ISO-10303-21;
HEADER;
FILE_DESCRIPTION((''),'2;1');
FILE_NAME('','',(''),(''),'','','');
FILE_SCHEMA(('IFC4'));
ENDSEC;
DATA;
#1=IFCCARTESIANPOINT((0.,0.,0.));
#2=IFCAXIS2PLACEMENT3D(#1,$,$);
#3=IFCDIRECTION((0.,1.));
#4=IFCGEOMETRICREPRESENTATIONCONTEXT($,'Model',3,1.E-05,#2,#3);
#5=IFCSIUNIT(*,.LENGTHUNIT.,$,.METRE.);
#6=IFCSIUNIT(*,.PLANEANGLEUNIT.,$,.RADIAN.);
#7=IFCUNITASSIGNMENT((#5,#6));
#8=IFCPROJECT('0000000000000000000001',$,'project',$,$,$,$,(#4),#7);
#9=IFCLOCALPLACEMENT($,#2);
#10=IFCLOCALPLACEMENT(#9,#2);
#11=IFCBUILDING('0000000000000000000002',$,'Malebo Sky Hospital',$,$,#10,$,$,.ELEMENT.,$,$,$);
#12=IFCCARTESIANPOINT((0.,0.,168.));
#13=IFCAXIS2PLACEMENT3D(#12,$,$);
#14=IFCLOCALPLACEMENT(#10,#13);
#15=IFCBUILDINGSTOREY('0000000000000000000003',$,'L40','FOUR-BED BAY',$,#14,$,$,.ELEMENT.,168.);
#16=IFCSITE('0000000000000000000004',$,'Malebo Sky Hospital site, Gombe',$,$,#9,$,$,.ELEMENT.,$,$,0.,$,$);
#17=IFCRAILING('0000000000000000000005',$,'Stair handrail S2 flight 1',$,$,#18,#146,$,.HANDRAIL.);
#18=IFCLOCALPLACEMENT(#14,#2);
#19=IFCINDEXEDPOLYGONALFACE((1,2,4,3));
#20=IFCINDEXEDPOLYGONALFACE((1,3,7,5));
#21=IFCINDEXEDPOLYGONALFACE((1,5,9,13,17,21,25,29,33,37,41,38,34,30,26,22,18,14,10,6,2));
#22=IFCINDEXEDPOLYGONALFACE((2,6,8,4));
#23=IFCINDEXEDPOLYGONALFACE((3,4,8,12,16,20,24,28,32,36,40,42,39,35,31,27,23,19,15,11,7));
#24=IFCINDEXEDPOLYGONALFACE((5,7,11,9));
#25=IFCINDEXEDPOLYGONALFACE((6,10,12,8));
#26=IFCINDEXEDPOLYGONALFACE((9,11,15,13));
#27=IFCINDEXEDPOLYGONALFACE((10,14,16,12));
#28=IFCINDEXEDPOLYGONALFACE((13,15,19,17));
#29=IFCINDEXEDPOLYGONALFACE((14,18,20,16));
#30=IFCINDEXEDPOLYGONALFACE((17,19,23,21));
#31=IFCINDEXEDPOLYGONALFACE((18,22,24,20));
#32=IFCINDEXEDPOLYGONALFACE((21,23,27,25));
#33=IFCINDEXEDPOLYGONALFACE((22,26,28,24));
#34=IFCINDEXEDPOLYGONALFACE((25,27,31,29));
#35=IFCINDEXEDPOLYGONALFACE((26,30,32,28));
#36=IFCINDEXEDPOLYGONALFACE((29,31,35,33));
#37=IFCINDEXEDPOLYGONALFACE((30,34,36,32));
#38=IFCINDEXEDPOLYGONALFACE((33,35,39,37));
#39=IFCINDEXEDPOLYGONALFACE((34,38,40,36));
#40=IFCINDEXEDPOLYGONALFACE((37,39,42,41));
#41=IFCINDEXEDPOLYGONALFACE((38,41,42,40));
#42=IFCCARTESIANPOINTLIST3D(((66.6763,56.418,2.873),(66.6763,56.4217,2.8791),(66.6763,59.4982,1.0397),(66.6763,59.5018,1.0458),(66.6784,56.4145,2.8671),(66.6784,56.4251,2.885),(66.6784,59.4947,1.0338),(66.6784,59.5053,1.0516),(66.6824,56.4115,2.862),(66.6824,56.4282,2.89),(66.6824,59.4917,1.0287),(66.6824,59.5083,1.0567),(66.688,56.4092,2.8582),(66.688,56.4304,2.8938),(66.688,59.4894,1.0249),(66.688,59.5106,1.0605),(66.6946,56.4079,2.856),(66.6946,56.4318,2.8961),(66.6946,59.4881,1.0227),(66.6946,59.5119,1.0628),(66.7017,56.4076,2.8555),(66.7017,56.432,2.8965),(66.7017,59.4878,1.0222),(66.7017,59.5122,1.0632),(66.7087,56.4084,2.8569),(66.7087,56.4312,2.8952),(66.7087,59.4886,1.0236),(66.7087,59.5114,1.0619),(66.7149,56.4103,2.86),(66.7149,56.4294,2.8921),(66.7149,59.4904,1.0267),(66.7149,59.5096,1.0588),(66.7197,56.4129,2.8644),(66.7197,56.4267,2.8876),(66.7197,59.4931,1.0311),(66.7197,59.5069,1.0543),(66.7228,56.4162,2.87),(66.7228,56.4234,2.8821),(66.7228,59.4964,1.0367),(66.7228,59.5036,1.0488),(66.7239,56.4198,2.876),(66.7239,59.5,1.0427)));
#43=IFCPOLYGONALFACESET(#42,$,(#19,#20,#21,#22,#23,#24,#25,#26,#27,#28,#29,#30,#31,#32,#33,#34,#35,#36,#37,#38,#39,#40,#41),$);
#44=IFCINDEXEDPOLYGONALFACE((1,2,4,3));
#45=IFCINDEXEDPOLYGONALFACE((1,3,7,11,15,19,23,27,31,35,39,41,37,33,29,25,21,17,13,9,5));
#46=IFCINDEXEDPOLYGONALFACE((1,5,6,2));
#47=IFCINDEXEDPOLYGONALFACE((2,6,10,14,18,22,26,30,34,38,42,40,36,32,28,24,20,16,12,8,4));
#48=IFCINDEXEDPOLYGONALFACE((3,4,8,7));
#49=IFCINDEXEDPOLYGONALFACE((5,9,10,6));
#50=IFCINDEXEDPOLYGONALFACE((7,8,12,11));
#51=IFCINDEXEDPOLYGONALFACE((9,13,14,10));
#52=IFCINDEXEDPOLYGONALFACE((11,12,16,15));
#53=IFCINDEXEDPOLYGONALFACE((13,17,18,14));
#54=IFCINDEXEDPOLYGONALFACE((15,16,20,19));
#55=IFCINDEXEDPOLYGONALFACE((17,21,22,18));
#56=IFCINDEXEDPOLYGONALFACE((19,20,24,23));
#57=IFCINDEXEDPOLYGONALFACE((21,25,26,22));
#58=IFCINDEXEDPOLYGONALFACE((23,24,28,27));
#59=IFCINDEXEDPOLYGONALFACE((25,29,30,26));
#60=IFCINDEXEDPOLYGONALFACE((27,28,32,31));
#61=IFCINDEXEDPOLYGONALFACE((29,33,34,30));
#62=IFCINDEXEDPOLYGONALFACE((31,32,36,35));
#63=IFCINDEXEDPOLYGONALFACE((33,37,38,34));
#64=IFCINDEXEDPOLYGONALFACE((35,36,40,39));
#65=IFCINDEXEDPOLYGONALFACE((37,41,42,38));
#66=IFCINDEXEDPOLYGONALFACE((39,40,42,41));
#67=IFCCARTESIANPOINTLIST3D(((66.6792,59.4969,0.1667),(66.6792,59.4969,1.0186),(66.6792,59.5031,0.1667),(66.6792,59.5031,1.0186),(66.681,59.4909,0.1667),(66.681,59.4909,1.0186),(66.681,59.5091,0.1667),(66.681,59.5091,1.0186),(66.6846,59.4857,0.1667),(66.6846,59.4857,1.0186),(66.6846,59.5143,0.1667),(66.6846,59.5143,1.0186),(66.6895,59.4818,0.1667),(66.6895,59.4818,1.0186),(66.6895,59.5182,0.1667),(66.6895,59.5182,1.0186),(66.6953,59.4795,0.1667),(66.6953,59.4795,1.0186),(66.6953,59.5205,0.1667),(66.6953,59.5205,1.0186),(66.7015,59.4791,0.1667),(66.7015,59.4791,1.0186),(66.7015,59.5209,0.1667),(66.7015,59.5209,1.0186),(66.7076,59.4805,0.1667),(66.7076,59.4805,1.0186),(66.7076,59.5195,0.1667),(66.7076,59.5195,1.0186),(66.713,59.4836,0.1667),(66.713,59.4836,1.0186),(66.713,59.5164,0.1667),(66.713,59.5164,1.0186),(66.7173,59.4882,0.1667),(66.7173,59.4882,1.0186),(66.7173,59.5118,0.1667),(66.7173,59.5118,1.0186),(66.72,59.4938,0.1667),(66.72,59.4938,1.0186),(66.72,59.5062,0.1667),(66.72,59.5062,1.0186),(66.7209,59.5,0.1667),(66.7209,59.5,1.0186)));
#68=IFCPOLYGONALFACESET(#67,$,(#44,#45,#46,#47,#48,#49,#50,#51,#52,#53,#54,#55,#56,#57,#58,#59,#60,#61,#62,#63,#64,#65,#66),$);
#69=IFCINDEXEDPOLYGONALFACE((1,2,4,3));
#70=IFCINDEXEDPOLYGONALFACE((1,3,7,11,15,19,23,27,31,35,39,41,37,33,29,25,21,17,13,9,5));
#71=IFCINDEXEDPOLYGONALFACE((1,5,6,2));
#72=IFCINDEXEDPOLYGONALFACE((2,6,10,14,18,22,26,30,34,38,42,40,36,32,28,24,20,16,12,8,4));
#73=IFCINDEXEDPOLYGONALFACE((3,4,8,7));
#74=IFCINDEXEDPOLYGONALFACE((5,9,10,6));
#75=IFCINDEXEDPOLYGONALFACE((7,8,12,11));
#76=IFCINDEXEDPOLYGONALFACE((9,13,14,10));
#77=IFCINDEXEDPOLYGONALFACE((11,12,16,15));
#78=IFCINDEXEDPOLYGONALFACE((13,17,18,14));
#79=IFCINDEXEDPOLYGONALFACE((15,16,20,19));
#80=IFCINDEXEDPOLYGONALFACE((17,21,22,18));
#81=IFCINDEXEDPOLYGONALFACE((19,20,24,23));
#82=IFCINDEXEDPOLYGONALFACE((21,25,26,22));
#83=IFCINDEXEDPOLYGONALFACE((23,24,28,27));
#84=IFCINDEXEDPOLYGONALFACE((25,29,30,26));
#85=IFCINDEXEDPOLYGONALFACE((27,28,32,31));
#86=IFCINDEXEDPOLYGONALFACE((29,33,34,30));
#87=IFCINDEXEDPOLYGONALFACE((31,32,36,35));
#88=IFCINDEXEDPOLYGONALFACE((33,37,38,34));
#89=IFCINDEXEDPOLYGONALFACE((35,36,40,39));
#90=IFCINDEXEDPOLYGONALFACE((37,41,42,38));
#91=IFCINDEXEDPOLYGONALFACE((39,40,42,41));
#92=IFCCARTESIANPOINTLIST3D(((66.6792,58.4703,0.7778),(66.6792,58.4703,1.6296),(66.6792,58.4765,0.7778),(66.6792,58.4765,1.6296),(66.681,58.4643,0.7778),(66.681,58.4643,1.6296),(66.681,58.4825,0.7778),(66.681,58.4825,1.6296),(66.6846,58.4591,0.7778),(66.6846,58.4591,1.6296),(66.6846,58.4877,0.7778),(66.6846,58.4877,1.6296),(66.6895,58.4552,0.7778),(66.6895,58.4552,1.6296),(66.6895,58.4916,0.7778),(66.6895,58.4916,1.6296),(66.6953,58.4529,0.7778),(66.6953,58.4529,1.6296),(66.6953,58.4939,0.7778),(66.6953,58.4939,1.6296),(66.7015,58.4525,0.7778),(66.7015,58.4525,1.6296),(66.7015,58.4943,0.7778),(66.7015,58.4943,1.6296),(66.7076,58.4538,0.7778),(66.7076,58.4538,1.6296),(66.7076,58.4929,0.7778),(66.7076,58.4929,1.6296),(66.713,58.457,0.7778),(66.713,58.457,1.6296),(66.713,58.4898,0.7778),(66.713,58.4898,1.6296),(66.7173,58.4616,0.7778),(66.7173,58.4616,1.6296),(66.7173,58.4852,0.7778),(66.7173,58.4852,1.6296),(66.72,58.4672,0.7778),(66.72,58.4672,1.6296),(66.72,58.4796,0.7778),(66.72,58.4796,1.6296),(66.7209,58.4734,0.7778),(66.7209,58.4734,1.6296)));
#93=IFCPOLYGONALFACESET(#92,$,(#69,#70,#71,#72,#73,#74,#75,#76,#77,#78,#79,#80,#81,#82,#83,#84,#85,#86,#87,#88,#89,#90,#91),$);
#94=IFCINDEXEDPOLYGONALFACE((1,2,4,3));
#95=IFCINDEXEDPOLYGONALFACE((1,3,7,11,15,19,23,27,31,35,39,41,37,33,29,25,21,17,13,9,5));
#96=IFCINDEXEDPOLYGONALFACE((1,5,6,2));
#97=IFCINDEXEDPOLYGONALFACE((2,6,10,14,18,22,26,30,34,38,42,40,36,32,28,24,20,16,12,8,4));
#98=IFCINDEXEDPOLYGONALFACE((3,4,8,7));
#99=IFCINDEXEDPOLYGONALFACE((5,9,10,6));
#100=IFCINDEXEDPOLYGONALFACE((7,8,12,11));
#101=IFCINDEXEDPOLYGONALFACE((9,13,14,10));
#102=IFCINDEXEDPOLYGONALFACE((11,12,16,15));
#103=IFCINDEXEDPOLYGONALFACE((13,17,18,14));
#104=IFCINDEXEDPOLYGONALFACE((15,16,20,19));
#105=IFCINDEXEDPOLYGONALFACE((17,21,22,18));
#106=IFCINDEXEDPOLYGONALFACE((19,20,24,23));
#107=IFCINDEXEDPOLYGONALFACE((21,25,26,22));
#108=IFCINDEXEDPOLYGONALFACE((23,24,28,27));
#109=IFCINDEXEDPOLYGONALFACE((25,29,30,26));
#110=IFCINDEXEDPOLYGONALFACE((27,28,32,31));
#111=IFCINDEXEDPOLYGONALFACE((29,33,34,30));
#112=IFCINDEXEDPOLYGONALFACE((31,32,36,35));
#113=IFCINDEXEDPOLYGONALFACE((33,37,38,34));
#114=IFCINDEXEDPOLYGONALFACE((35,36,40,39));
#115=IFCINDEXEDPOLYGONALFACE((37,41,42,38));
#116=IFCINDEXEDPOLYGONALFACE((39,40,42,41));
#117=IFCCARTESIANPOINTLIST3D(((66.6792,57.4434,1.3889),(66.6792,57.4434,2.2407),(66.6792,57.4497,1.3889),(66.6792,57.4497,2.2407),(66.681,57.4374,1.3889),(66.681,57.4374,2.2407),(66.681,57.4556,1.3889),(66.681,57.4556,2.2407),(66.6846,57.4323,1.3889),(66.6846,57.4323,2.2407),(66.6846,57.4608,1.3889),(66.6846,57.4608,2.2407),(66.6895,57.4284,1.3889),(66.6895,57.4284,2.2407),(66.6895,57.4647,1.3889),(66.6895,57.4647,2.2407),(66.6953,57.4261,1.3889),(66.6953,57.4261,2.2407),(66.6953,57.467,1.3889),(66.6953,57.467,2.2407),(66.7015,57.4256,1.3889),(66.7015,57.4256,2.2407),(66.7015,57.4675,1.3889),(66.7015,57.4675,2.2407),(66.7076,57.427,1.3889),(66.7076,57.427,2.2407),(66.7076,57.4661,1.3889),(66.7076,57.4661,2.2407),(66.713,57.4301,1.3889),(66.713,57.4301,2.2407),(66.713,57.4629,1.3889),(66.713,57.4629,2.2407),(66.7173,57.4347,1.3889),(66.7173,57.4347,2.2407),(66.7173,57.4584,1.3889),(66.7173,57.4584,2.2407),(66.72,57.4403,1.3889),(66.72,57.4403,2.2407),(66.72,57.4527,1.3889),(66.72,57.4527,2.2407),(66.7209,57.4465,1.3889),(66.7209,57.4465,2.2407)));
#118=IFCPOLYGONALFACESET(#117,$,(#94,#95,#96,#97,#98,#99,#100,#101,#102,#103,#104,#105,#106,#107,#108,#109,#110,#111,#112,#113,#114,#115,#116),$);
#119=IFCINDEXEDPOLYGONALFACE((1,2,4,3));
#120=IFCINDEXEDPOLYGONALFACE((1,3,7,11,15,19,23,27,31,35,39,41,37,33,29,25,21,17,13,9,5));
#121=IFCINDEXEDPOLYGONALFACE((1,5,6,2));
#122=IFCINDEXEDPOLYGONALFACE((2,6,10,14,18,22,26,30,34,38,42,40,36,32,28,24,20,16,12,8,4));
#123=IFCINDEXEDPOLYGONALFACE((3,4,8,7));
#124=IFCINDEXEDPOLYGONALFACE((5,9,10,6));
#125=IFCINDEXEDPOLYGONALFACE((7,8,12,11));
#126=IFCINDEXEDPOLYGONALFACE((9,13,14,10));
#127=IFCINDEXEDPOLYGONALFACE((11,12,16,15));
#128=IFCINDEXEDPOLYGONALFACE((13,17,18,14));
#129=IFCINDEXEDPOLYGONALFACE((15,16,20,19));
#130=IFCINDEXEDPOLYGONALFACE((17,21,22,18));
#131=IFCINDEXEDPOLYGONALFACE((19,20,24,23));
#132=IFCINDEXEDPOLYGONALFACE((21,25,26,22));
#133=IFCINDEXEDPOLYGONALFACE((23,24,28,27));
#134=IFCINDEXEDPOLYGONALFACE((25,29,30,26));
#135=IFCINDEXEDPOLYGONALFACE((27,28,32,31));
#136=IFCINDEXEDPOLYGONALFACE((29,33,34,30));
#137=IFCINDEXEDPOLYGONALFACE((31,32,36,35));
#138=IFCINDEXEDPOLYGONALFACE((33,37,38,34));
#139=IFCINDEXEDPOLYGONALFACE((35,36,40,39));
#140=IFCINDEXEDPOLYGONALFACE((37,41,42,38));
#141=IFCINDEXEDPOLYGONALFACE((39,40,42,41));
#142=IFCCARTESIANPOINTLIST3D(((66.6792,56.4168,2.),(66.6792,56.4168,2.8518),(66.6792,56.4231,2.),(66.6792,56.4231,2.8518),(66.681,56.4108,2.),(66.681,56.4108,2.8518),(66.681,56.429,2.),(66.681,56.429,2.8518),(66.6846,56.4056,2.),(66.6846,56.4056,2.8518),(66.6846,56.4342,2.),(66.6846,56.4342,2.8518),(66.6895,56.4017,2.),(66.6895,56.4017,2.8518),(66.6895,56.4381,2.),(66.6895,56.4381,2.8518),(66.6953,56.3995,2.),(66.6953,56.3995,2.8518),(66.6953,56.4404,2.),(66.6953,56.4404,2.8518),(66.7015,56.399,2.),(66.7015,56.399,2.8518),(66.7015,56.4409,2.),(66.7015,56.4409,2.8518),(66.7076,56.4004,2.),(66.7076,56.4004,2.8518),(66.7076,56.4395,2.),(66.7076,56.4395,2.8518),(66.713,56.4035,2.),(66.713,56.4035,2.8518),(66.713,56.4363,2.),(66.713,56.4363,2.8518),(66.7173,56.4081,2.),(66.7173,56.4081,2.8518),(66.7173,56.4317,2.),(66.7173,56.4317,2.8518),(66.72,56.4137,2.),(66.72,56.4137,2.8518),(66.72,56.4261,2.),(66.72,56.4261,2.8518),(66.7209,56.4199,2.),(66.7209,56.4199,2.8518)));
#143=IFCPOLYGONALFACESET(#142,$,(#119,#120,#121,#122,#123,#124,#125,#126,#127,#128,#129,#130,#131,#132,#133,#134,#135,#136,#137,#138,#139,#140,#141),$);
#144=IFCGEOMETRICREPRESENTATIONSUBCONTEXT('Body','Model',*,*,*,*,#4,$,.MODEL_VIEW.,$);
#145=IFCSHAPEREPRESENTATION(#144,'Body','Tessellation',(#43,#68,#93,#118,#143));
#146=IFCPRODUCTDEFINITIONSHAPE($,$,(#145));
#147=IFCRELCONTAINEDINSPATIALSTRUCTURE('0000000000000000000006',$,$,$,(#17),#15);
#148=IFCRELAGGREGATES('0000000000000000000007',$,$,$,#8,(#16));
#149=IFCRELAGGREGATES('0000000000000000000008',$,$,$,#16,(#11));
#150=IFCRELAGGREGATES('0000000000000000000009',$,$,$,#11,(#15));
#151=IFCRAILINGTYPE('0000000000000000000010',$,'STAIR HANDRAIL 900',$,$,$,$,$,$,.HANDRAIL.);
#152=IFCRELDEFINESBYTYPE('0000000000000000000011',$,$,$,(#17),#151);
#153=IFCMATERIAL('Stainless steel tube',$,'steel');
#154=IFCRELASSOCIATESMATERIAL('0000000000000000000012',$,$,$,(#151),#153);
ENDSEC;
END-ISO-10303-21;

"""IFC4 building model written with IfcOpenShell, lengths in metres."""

from ifc_helpers import new_model, si_unit, direction, frame, origin, origin_2d, place, context, subcontext, project, spatial, circle, extrude, material, type_object, element, save


model = new_model("IFC4")

# Units and contexts
model_context = context("Model", 3, precision=1e-05, world=origin(), true_north=direction((0.0, 1.0)))
body_context = subcontext(model_context, "Body", "Model", "MODEL_VIEW")
ifc_project = project(units=[si_unit("LENGTHUNIT", "METRE"), si_unit("PLANEANGLEUNIT", "RADIAN")], contexts=[model_context])

# Site, building, storey
site_placement = place(None, origin())
site = spatial("IfcSite", under=ifc_project, at=site_placement, Name="Malebo Sky Hospital site, Gombe", CompositionType="ELEMENT", RefElevation=0.0)
building_placement = place(site_placement, origin())
building = spatial("IfcBuilding", under=site, at=building_placement, Name="Malebo Sky Hospital", CompositionType="ELEMENT")
storey_placement = place(building_placement, frame((0.0, 0.0, 168.0)))
storey = spatial("IfcBuildingStorey", under=building, at=storey_placement, Name="L40", Description="FOUR-BED BAY", CompositionType="ELEMENT", Elevation=168.0)

# Railing
ifc_material_1 = material(Name="Stainless steel tube", Category="steel")
railing_type = type_object("IfcRailingType", Name="STAIR HANDRAIL 900", PredefinedType="HANDRAIL", material=ifc_material_1)
railing_1_placement = place(storey_placement, frame((66.7, 59.5, 0.1667)))
element("IfcRailing", 1, at=railing_1_placement, inside=storey, type_object=railing_type, Name="Stair handrail S2 flight 1", PredefinedType="HANDRAIL", context=body_context, shape_type="SweptSolid", body=[
    extrude(circle(Radius=0.0239, at=origin_2d()), frame((0.0, 0.0, 0.876), z_axis=(0.0, -0.859309, 0.511458), x_axis=(1.0, 0.0, 0.0)), (0.0, 0.0, 1.0), 3.5845),
    extrude(circle(Radius=0.021, at=origin_2d()), origin(), (0.0, 0.0, 1.0), 0.8518),
    extrude(circle(Radius=0.021, at=origin_2d()), frame((0.0, -1.0266, 0.6111)), (0.0, 0.0, 1.0), 0.8518),
    extrude(circle(Radius=0.021, at=origin_2d()), frame((0.0, -2.0535, 1.2222)), (0.0, 0.0, 1.0), 0.8518),
    extrude(circle(Radius=0.021, at=origin_2d()), frame((0.0, -3.0801, 1.8333)), (0.0, 0.0, 1.0), 0.8518),
])

save(model, "model.ifc")
